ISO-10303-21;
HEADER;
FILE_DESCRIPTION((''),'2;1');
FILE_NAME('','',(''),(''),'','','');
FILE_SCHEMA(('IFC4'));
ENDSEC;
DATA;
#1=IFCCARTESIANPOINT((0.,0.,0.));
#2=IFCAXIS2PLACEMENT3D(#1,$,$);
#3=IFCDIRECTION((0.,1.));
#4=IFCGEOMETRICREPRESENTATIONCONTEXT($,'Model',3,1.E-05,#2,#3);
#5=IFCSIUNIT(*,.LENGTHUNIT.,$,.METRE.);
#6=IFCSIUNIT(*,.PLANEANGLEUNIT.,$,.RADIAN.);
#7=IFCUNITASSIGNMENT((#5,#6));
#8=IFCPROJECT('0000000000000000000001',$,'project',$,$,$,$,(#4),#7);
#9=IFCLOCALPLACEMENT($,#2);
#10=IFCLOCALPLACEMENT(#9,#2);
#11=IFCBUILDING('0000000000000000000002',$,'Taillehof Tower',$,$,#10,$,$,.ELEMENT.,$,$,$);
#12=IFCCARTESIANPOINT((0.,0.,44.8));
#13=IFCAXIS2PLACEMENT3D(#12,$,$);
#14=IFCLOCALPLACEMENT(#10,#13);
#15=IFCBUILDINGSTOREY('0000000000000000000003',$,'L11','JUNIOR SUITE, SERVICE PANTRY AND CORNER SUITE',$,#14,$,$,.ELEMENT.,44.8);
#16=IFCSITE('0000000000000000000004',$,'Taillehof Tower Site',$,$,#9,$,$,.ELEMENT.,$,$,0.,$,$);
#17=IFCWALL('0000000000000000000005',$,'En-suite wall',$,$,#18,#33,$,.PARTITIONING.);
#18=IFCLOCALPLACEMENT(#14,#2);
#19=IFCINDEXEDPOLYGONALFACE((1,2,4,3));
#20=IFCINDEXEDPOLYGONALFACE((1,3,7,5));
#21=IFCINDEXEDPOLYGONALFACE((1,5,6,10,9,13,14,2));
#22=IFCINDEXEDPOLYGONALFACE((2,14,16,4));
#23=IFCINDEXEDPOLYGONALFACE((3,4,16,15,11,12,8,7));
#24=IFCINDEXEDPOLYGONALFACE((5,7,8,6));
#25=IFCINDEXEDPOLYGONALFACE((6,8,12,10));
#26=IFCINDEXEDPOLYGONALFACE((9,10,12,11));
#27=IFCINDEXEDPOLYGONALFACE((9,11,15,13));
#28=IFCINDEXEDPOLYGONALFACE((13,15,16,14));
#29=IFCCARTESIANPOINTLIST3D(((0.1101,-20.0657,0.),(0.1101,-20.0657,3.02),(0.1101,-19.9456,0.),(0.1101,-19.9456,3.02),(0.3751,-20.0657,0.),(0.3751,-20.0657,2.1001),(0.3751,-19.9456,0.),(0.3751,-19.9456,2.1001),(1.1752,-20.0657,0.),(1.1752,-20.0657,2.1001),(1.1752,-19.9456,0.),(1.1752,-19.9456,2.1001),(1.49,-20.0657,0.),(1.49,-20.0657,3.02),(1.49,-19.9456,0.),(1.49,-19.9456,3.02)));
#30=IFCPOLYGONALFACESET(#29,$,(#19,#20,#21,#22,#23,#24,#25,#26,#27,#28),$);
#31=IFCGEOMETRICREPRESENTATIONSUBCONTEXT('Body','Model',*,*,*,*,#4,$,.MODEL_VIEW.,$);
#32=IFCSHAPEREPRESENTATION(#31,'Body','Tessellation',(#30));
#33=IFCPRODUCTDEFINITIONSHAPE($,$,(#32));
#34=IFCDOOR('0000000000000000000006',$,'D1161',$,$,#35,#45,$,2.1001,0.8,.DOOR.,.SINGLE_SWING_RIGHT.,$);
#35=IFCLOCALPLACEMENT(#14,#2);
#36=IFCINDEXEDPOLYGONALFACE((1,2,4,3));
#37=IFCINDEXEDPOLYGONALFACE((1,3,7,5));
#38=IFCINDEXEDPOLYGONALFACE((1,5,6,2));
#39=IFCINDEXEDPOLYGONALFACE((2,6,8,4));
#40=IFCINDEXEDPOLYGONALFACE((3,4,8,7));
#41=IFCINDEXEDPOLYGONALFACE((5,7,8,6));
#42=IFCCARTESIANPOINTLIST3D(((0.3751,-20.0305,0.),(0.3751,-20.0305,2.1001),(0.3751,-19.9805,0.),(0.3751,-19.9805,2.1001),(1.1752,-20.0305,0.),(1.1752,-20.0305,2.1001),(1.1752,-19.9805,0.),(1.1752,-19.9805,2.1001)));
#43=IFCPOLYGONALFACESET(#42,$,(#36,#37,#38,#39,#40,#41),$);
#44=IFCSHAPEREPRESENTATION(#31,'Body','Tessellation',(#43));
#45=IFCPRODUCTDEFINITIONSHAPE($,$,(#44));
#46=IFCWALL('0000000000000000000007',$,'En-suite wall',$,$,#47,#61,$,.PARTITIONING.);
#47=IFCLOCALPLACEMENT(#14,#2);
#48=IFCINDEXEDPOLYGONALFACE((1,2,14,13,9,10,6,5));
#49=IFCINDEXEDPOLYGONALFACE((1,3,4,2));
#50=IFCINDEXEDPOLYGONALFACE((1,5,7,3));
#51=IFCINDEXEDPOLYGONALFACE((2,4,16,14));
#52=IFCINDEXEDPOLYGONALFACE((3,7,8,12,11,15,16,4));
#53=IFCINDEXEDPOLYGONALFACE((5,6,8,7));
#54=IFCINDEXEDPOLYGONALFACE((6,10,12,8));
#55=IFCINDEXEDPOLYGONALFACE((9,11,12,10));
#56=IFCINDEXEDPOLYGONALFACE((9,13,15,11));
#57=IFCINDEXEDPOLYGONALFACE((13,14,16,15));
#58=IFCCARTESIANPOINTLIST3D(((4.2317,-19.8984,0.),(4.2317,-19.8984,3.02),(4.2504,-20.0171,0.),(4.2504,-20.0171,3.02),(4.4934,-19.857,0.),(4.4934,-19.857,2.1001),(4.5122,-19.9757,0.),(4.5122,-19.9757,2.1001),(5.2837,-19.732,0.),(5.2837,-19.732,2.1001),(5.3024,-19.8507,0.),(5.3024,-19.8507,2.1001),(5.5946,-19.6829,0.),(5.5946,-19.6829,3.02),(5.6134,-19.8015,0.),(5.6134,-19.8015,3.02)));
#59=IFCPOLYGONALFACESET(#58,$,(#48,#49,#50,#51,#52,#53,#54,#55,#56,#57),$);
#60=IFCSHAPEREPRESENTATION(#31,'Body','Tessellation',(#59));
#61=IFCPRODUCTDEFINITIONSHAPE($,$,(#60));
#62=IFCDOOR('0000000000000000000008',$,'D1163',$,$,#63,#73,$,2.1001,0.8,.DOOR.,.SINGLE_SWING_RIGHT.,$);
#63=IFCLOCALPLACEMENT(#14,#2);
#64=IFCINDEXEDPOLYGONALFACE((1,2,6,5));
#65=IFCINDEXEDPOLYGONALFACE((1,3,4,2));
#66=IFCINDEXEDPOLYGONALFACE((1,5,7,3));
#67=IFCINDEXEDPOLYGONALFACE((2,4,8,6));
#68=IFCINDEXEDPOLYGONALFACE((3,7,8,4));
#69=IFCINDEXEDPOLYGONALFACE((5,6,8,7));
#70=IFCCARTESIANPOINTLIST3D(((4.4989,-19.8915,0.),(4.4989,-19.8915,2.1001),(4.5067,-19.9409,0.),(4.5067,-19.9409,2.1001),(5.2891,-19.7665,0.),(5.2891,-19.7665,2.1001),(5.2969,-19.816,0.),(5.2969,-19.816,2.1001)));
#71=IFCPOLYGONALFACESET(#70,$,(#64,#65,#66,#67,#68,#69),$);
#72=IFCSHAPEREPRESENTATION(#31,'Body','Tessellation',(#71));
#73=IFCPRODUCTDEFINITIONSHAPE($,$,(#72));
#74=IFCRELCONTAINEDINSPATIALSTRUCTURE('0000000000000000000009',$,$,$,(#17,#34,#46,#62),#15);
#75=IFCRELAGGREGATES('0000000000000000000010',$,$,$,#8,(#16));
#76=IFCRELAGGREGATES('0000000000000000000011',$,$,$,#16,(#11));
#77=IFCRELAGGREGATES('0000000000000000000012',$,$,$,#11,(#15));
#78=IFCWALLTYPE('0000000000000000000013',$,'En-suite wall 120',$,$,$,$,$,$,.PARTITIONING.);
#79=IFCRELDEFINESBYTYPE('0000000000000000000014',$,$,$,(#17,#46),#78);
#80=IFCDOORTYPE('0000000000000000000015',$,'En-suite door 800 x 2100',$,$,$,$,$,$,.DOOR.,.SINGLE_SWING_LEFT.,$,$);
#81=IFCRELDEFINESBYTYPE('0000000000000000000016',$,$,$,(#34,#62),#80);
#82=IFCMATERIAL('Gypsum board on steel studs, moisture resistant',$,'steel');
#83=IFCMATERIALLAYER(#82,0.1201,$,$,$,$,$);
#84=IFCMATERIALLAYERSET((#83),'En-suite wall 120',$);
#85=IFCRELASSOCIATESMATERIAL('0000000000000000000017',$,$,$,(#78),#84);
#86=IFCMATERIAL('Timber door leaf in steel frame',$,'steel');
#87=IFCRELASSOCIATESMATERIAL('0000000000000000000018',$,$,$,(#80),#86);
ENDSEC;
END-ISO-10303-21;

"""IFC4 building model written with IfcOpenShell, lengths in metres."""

from ifc_helpers import new_model, si_unit, direction, frame, frame_2d, origin, place, context, subcontext, project, spatial, rectangle, extrude, material, layer, layer_set, type_object, element, fill, save


model = new_model("IFC4")

# Units and contexts
model_context = context("Model", 3, precision=1e-05, world=origin(), true_north=direction((0.0, 1.0)))
body_context = subcontext(model_context, "Body", "Model", "MODEL_VIEW")
ifc_project = project(units=[si_unit("LENGTHUNIT", "METRE"), si_unit("PLANEANGLEUNIT", "RADIAN")], contexts=[model_context])

# Site, building, storey
site_placement = place(None, origin())
site = spatial("IfcSite", under=ifc_project, at=site_placement, Name="Taillehof Tower Site", CompositionType="ELEMENT", RefElevation=0.0)
building_placement = place(site_placement, origin())
building = spatial("IfcBuilding", under=site, at=building_placement, Name="Taillehof Tower", CompositionType="ELEMENT")
storey_placement = place(building_placement, frame((0.0, 0.0, 44.8)))
storey = spatial("IfcBuildingStorey", under=building, at=storey_placement, Name="L11", Description="JUNIOR SUITE, SERVICE PANTRY AND CORNER SUITE", CompositionType="ELEMENT", Elevation=44.8)

# Shared definitions
ifc_material_1 = material(Name="Gypsum board on steel studs, moisture resistant", Category="steel")
ifc_layer_1 = layer(ifc_material_1, 0.1201)
ifc_layer_set_1 = layer_set([ifc_layer_1], Name="En-suite wall 120")
wall_type_1 = type_object("IfcWallType", Name="En-suite wall 120", PredefinedType="PARTITIONING", material=ifc_layer_set_1)

# Walls, openings, doors
wall_1_placement = place(storey_placement, frame((1.49, -20.0056, 0.0), z_axis=(0.0, 0.0, 1.0), x_axis=(-1.0, 0.0, 0.0)))
wall_1 = element("IfcWall", 1, at=wall_1_placement, inside=storey, type_object=wall_type_1, Name="En-suite wall", PredefinedType="PARTITIONING", context=body_context, shape_type="SweptSolid", body=[
    extrude(rectangle(XDim=1.3799, YDim=0.1201, at=frame_2d((0.6899, 0.0))), origin(), (0.0, 0.0, 1.0), 3.02),
])
opening_1_placement = place(wall_1_placement, frame((0.3149, 0.0, 0.0)))
opening_1 = element("IfcOpeningElement", 2, at=opening_1_placement, cuts=wall_1, PredefinedType="OPENING", context=body_context, shape_type="SweptSolid", body=[
    extrude(rectangle(XDim=0.8, YDim=2.1001, at=frame_2d((0.3999, 1.05))), frame((0.0, 0.0701, 0.0), z_axis=(0.0, -1.0, 0.0), x_axis=(1.0, 0.0, 0.0)), (0.0, 0.0, 1.0), 0.1401),
])
ifc_material_2 = material(Name="Timber door leaf in steel frame", Category="steel")
door_type_1 = type_object("IfcDoorType", Name="En-suite door 800 x 2100", OperationType="SINGLE_SWING_LEFT", PredefinedType="DOOR", material=ifc_material_2)
door_1_placement = place(opening_1_placement, origin())
door_1 = element("IfcDoor", 3, at=door_1_placement, inside=storey, type_object=door_type_1, Name="D1161", OperationType="SINGLE_SWING_RIGHT", OverallHeight=2.1001, OverallWidth=0.8, PredefinedType="DOOR", context=body_context, shape_type="SweptSolid", body=[
    extrude(rectangle(XDim=0.8, YDim=2.1001, at=frame_2d((0.3999, 1.05))), frame((0.0, 0.0249, 0.0), z_axis=(0.0, -1.0, 0.0), x_axis=(1.0, 0.0, 0.0)), (0.0, 0.0, 1.0), 0.05),
])
fill(opening_1, door_1)
wall_2_placement = place(storey_placement, frame((5.604, -19.7422, 0.0), z_axis=(0.0, 0.0, 1.0), x_axis=(-0.987723, -0.156217, 0.0)))
wall_2 = element("IfcWall", 4, at=wall_2_placement, inside=storey, type_object=wall_type_1, Name="En-suite wall", PredefinedType="PARTITIONING", context=body_context, shape_type="SweptSolid", body=[
    extrude(rectangle(XDim=1.3799, YDim=0.1201, at=frame_2d((0.6899, 0.0))), origin(), (0.0, 0.0, 1.0), 3.02),
])
opening_2_placement = place(wall_2_placement, frame((0.3149, 0.0, 0.0)))
opening_2 = element("IfcOpeningElement", 5, at=opening_2_placement, cuts=wall_2, PredefinedType="OPENING", context=body_context, shape_type="SweptSolid", body=[
    extrude(rectangle(XDim=0.8, YDim=2.1001, at=frame_2d((0.3999, 1.05))), frame((0.0, 0.0701, 0.0), z_axis=(0.0, -1.0, 0.0), x_axis=(1.0, 0.0, 0.0)), (0.0, 0.0, 1.0), 0.1401),
])
door_2_placement = place(opening_2_placement, origin())
door_2 = element("IfcDoor", 6, at=door_2_placement, inside=storey, type_object=door_type_1, Name="D1163", OperationType="SINGLE_SWING_RIGHT", OverallHeight=2.1001, OverallWidth=0.8, PredefinedType="DOOR", context=body_context, shape_type="SweptSolid", body=[
    extrude(rectangle(XDim=0.8, YDim=2.1001, at=frame_2d((0.3999, 1.05))), frame((0.0, 0.0249, 0.0), z_axis=(0.0, -1.0, 0.0), x_axis=(1.0, 0.0, 0.0)), (0.0, 0.0, 1.0), 0.05),
])
fill(opening_2, door_2)

save(model, "model.ifc")
